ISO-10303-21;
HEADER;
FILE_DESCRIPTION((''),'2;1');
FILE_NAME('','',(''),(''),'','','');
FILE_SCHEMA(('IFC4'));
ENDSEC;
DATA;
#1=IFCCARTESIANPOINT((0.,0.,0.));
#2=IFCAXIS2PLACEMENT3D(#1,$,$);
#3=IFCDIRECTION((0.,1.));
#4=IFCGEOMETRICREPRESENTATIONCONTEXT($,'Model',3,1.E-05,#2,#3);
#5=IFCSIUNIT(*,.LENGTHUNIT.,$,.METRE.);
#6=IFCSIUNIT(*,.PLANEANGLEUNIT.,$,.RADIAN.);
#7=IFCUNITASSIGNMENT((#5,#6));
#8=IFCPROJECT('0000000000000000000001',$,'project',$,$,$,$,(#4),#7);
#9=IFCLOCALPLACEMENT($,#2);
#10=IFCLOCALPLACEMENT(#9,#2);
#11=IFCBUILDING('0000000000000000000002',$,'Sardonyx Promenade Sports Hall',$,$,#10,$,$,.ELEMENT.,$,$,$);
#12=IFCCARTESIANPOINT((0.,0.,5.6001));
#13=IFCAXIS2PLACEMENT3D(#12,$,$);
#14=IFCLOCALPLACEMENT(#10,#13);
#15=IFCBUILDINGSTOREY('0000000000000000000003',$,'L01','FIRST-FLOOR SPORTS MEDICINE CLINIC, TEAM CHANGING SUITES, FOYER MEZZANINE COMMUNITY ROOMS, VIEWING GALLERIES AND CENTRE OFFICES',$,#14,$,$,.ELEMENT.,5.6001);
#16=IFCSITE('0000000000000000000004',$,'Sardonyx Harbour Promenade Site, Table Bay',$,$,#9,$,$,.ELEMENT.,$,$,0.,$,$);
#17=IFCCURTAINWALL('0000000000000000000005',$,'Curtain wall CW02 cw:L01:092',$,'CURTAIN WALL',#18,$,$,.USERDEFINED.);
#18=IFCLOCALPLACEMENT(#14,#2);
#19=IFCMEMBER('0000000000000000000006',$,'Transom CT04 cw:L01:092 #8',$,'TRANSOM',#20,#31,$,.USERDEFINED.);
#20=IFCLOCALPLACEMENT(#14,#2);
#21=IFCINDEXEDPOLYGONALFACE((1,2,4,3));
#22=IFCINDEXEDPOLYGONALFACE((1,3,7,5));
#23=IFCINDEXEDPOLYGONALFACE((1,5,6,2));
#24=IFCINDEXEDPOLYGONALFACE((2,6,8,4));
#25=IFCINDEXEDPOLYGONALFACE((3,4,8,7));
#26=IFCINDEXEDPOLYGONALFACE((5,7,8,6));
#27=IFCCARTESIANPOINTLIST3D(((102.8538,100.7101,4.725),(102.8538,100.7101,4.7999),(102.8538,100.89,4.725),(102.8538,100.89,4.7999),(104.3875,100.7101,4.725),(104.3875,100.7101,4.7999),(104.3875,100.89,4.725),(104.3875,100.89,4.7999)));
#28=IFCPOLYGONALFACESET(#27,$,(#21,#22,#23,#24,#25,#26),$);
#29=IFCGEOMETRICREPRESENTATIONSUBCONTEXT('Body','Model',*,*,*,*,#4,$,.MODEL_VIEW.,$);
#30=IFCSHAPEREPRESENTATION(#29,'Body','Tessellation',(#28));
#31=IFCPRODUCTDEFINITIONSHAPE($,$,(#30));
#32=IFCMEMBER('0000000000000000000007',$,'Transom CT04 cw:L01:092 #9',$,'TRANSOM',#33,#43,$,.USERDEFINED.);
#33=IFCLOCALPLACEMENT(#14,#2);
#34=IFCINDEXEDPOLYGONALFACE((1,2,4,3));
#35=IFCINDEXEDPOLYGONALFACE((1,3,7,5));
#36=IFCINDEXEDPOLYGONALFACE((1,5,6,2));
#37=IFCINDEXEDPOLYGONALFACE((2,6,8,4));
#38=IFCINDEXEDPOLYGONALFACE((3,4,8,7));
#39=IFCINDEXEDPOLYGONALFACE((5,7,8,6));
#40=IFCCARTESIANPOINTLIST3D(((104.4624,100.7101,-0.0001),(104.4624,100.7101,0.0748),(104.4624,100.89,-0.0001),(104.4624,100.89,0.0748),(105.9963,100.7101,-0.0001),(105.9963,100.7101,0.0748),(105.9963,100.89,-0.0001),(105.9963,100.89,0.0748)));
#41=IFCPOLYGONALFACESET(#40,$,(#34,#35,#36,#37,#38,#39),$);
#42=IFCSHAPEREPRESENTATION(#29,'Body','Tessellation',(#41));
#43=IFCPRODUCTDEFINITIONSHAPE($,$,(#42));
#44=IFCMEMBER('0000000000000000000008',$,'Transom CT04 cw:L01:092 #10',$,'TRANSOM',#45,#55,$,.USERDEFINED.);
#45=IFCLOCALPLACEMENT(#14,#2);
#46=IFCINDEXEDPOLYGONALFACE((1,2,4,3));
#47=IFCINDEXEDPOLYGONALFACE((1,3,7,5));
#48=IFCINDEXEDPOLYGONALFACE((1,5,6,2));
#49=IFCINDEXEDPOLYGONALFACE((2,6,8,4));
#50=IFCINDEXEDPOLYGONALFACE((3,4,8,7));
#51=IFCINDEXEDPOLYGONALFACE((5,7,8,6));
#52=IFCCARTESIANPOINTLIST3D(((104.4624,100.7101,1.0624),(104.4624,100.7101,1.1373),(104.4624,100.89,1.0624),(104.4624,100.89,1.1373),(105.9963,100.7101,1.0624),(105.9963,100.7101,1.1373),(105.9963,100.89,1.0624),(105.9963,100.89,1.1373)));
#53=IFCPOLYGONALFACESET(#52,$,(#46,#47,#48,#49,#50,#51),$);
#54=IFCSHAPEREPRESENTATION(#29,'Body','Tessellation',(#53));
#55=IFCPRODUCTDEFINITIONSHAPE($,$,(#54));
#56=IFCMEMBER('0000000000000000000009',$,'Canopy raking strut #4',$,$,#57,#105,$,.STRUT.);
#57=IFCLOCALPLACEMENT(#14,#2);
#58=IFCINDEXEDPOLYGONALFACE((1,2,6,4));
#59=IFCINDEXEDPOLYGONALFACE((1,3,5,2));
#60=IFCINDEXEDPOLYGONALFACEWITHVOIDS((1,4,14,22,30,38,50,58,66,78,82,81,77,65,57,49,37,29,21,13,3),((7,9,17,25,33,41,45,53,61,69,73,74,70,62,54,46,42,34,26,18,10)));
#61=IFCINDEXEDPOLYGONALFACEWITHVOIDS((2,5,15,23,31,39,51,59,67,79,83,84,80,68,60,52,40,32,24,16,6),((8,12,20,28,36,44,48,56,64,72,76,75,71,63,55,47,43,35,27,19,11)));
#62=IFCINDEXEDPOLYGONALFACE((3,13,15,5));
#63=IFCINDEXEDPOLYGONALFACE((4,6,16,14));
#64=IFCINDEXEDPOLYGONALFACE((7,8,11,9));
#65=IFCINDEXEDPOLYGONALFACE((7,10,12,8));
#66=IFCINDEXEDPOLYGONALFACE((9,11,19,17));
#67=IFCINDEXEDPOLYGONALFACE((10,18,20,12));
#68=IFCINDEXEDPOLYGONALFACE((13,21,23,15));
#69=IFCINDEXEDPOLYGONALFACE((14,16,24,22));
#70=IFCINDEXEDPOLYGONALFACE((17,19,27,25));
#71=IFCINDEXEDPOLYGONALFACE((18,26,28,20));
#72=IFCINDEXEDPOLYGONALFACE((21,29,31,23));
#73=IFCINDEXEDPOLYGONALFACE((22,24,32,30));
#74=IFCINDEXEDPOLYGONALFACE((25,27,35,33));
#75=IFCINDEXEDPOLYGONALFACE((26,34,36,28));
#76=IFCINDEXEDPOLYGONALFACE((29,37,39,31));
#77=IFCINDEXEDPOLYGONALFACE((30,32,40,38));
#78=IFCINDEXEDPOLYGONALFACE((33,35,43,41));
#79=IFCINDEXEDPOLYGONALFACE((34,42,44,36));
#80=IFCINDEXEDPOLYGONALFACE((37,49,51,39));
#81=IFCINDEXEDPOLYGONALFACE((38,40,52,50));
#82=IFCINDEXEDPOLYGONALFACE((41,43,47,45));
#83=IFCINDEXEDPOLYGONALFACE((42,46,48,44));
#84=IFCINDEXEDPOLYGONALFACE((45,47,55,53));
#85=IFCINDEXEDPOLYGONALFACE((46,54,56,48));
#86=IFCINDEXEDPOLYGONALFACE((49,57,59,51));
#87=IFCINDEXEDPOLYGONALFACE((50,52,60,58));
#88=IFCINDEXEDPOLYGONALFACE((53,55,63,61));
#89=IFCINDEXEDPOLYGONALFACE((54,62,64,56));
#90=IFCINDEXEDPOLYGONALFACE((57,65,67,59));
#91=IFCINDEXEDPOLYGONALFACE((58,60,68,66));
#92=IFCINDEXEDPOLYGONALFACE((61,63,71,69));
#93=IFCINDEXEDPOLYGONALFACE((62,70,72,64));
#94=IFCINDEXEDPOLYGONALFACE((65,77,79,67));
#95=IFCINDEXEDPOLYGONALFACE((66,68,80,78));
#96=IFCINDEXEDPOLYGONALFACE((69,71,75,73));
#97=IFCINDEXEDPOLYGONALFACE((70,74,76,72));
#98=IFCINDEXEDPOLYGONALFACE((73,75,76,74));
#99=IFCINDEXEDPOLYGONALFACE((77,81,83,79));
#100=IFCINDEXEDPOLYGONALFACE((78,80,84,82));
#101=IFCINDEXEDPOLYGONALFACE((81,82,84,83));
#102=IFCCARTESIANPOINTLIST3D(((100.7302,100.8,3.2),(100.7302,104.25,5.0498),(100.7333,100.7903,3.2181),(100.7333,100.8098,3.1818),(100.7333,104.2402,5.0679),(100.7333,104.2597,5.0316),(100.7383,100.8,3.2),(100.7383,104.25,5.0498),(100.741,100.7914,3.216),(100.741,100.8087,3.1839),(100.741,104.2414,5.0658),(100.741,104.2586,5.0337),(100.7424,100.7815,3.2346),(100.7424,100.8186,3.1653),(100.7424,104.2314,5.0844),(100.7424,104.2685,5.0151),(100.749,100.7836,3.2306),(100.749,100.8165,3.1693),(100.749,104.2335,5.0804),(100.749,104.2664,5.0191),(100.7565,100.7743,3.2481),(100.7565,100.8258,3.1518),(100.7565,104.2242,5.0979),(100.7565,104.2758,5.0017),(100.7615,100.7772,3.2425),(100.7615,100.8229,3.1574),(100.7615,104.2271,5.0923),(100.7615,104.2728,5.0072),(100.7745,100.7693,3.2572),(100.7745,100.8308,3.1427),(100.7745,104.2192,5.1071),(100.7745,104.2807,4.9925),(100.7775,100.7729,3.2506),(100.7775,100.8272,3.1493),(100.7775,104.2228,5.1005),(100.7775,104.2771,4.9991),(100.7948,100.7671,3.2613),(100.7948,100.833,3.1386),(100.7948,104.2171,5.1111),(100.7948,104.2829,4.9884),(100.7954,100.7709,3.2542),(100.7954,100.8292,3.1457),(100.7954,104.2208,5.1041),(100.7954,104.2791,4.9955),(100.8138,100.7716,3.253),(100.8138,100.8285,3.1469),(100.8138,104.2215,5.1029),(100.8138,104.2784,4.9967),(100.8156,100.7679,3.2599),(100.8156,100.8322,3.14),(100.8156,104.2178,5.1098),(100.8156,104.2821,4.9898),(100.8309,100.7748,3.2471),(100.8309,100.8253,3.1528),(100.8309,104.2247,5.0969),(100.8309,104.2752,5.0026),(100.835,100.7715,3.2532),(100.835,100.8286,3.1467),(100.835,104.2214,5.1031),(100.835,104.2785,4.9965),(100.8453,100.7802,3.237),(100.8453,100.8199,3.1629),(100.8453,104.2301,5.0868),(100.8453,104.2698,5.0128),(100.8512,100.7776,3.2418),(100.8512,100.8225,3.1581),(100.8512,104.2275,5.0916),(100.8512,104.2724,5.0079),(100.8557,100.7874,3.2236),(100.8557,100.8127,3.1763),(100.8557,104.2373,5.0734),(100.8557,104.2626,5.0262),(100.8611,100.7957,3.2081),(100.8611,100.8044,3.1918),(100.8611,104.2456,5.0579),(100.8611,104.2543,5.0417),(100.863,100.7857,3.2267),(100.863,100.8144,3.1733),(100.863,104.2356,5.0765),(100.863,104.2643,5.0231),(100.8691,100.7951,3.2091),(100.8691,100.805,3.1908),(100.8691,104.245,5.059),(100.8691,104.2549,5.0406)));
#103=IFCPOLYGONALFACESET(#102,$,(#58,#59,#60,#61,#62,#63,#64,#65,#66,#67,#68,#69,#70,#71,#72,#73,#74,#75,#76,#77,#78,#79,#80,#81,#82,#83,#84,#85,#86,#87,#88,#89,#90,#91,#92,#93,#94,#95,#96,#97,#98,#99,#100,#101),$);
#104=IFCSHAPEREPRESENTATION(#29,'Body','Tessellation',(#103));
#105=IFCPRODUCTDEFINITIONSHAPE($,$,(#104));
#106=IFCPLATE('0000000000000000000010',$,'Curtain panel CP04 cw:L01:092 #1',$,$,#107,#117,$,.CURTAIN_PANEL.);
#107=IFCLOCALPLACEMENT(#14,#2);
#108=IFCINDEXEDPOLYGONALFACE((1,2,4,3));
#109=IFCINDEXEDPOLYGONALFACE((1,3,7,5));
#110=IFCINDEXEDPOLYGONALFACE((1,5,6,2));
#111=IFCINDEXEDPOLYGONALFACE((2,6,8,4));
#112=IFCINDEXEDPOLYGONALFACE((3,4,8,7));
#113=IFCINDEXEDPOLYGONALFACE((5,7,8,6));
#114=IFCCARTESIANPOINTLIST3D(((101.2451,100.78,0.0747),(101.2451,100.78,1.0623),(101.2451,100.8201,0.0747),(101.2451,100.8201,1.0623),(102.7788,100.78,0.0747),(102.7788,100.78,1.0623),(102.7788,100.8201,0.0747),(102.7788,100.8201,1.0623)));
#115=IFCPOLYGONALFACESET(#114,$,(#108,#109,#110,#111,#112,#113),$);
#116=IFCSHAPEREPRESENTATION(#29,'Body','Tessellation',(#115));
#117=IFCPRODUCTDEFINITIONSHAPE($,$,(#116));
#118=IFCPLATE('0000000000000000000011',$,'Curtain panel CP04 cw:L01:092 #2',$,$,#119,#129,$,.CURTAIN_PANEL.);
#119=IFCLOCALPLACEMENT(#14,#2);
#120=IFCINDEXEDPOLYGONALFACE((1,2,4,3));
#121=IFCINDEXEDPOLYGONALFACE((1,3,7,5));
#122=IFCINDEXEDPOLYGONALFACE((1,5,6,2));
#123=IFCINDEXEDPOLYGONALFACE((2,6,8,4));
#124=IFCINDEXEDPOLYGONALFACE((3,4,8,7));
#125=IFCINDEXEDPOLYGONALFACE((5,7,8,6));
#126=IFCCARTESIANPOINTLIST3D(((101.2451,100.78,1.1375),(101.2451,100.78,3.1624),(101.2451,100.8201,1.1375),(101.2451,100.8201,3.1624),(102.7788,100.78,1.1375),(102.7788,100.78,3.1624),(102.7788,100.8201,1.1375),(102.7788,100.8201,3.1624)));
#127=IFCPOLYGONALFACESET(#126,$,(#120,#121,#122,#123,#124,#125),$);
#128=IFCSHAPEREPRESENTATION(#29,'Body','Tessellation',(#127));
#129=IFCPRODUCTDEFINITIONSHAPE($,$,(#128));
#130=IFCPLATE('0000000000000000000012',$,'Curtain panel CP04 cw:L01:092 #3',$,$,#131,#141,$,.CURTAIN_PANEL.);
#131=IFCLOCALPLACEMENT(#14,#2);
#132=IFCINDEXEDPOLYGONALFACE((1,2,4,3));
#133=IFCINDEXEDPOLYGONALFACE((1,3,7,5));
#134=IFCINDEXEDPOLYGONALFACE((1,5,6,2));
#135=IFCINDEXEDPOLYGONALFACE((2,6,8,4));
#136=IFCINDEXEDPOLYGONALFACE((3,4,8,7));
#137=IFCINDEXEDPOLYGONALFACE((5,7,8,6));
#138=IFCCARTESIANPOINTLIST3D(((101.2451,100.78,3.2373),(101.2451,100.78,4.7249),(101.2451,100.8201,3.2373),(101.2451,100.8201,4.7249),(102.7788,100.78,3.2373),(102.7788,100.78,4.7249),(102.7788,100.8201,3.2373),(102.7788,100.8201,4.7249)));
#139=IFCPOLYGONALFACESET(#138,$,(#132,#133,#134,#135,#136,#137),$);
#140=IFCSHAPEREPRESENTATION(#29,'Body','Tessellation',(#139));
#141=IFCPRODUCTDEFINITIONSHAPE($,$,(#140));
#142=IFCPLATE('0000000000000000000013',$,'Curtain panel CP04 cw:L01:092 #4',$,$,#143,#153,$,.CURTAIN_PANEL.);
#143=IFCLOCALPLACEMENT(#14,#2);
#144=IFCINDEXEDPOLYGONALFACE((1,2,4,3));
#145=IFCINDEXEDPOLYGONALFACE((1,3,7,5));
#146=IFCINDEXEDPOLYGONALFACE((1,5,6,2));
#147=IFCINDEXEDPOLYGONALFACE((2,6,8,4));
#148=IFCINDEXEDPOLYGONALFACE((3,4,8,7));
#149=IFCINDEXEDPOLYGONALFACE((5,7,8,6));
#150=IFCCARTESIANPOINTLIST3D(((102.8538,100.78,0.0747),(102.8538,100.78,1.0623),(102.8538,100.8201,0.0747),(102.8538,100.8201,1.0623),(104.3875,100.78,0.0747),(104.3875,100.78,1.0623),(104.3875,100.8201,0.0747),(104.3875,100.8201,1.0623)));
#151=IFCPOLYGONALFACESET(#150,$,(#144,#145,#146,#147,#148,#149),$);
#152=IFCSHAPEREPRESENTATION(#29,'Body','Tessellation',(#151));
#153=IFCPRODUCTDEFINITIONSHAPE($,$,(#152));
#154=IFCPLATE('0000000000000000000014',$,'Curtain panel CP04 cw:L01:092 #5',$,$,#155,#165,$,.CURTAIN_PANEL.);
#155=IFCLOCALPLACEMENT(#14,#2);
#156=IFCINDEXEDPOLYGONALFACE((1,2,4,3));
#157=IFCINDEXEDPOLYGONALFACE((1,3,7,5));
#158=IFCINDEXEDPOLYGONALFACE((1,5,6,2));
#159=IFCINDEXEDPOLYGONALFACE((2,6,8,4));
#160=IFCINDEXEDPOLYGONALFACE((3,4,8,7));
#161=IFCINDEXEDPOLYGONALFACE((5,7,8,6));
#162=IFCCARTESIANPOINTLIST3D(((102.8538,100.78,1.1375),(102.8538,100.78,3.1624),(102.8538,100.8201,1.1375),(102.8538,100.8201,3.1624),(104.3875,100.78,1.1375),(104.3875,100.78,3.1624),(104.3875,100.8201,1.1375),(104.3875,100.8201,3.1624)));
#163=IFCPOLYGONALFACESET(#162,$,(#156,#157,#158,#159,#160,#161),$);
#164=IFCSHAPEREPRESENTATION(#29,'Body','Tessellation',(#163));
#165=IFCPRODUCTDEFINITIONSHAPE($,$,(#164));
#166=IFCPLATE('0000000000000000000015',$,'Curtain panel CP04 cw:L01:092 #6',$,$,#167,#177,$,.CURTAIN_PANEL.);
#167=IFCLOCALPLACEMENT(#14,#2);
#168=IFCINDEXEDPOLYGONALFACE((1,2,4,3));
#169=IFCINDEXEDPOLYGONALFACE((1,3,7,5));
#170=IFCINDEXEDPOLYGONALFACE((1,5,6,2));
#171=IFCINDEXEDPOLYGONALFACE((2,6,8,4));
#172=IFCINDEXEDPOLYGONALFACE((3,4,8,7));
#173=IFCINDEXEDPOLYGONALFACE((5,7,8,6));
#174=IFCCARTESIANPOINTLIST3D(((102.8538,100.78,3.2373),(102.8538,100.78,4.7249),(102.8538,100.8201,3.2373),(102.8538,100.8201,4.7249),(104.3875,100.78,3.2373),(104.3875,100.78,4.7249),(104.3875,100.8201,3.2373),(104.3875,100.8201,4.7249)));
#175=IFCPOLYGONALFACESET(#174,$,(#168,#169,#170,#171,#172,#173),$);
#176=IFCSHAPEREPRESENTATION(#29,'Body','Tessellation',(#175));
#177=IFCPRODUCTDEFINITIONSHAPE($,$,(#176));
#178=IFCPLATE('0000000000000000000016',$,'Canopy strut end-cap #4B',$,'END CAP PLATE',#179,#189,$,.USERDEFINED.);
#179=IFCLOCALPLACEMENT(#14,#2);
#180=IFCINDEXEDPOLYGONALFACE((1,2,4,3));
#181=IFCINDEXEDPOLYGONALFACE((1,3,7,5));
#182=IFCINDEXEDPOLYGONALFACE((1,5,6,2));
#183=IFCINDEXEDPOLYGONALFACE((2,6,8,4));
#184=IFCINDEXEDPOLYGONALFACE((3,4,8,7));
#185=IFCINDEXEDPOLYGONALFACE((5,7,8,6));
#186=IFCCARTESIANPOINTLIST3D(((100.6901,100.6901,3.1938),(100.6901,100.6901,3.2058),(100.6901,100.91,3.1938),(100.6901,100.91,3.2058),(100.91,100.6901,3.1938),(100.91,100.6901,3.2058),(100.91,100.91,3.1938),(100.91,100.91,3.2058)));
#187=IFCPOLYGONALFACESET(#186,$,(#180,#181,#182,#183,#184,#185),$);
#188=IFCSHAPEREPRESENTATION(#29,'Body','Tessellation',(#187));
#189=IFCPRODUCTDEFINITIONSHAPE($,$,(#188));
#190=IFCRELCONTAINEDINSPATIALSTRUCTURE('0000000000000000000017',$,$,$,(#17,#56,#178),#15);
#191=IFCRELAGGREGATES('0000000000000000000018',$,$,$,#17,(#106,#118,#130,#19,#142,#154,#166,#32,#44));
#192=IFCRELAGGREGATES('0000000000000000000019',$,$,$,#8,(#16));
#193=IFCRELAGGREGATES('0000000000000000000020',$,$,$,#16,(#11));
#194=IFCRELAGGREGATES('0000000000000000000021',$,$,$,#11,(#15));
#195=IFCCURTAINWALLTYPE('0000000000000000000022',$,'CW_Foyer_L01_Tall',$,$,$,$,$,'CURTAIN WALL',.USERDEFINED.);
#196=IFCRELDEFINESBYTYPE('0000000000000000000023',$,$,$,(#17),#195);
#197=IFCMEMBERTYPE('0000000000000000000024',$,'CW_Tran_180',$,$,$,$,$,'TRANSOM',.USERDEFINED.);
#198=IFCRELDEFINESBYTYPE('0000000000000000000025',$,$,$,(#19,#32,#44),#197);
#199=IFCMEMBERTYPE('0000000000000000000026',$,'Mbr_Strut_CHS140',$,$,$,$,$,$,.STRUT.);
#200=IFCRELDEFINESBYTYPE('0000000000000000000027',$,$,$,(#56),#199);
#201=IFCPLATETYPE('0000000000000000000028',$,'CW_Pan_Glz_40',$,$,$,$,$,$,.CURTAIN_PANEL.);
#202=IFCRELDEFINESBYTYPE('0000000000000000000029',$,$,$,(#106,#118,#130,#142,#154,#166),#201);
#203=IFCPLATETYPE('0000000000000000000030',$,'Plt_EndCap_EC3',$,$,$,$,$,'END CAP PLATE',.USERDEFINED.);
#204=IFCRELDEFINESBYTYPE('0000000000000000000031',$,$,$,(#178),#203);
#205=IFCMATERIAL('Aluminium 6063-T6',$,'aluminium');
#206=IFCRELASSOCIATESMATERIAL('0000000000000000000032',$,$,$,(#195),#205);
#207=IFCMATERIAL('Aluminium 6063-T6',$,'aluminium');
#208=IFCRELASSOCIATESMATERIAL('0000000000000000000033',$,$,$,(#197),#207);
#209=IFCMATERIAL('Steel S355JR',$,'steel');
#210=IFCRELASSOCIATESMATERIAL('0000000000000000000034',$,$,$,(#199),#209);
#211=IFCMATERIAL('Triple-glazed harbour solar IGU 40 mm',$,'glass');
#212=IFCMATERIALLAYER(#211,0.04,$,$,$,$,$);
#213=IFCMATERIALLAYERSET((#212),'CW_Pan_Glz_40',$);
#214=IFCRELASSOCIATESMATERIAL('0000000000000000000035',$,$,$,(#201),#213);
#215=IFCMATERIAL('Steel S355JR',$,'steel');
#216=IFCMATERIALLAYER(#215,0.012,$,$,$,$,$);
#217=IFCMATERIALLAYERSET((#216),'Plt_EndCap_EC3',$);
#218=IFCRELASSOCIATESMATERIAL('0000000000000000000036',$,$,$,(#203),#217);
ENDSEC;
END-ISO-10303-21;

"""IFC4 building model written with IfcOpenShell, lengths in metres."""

from ifc_helpers import new_model, si_unit, direction, frame, origin, origin_2d, place, context, subcontext, project, spatial, rectangle, hollow_circle, extrude, material, layer, layer_set, material_profile, profile_set, type_object, element, aggregate, save


model = new_model("IFC4")

# Units and contexts
model_context = context("Model", 3, precision=1e-05, world=origin(), true_north=direction((0.0, 1.0)))
body_context = subcontext(model_context, "Body", "Model", "MODEL_VIEW")
ifc_project = project(units=[si_unit("LENGTHUNIT", "METRE"), si_unit("PLANEANGLEUNIT", "RADIAN")], contexts=[model_context])

# Site, building, storey
site_placement = place(None, origin())
site = spatial("IfcSite", under=ifc_project, at=site_placement, Name="Sardonyx Harbour Promenade Site, Table Bay", CompositionType="ELEMENT", RefElevation=0.0)
building_placement = place(site_placement, origin())
building = spatial("IfcBuilding", under=site, at=building_placement, Name="Sardonyx Promenade Sports Hall", CompositionType="ELEMENT")
storey_placement = place(building_placement, frame((0.0, 0.0, 5.6001)))
storey = spatial("IfcBuildingStorey", under=building, at=storey_placement, Name="L01", Description="FIRST-FLOOR SPORTS MEDICINE CLINIC, TEAM CHANGING SUITES, FOYER MEZZANINE COMMUNITY ROOMS, VIEWING GALLERIES AND CENTRE OFFICES", CompositionType="ELEMENT", Elevation=5.6001)

# Curtain wall, members
ifc_material_1 = material(Name="Aluminium 6063-T6", Category="aluminium")
curtain_wall_type = type_object("IfcCurtainWallType", Name="CW_Foyer_L01_Tall", ElementType="CURTAIN WALL", PredefinedType="USERDEFINED", material=ifc_material_1)
curtain_wall_placement = place(storey_placement, origin())
curtain_wall = element("IfcCurtainWall", 1, at=curtain_wall_placement, inside=storey, type_object=curtain_wall_type, Name="Curtain wall CW02 cw:L01:092", ObjectType="CURTAIN WALL", PredefinedType="USERDEFINED")
ifc_material_2 = material(Name="Aluminium 6063-T6", Category="aluminium")
ifc_material_profile_1 = material_profile(ifc_material_2, rectangle(XDim=0.075, YDim=0.1799, at=origin_2d()))
ifc_profile_set_1 = profile_set([ifc_material_profile_1], Name="Aluminium 6063-T6")
member_type_1 = type_object("IfcMemberType", Name="CW_Tran_180", ElementType="TRANSOM", PredefinedType="USERDEFINED", material=ifc_profile_set_1)
member_1_placement = place(storey_placement, frame((102.8538, 100.8, 4.7625), z_axis=(1.0, 0.0, 0.0), x_axis=(0.0, 0.0, 1.0)))
member_1 = element("IfcMember", 2, at=member_1_placement, type_object=member_type_1, Name="Transom CT04 cw:L01:092 #8", ObjectType="TRANSOM", PredefinedType="USERDEFINED", context=body_context, shape_type="SweptSolid", body=[
    extrude(rectangle(XDim=0.075, YDim=0.1799, at=origin_2d()), origin(), (0.0, 0.0, 1.0), 1.5337),
])
member_2_placement = place(storey_placement, frame((104.4624, 100.8, 0.0374), z_axis=(1.0, 0.0, 0.0), x_axis=(0.0, 0.0, 1.0)))
member_2 = element("IfcMember", 3, at=member_2_placement, type_object=member_type_1, Name="Transom CT04 cw:L01:092 #9", ObjectType="TRANSOM", PredefinedType="USERDEFINED", context=body_context, shape_type="SweptSolid", body=[
    extrude(rectangle(XDim=0.075, YDim=0.1799, at=origin_2d()), origin(), (0.0, 0.0, 1.0), 1.5339),
])
member_3_placement = place(storey_placement, frame((104.4624, 100.8, 1.0999), z_axis=(1.0, 0.0, 0.0), x_axis=(0.0, 0.0, 1.0)))
member_3 = element("IfcMember", 4, at=member_3_placement, type_object=member_type_1, Name="Transom CT04 cw:L01:092 #10", ObjectType="TRANSOM", PredefinedType="USERDEFINED", context=body_context, shape_type="SweptSolid", body=[
    extrude(rectangle(XDim=0.075, YDim=0.1799, at=origin_2d()), origin(), (0.0, 0.0, 1.0), 1.5339),
])

# Member
ifc_material_3 = material(Name="Steel S355JR", Category="steel")
ifc_material_profile_2 = material_profile(ifc_material_3, hollow_circle(Radius=0.0698, WallThickness=0.0081, at=origin_2d()))
ifc_profile_set_2 = profile_set([ifc_material_profile_2], Name="Steel S355JR")
member_type_2 = type_object("IfcMemberType", Name="Mbr_Strut_CHS140", PredefinedType="STRUT", material=ifc_profile_set_2)
member_4_placement = place(storey_placement, frame((100.8, 100.8, 3.2), z_axis=(0.0, 0.881303, 0.472552), x_axis=(-1.0, 0.0, 0.0)))
element("IfcMember", 5, at=member_4_placement, inside=storey, type_object=member_type_2, Name="Canopy raking strut #4", PredefinedType="STRUT", context=body_context, shape_type="SweptSolid", body=[
    extrude(hollow_circle(Radius=0.0698, WallThickness=0.0081, at=origin_2d()), origin(), (0.0, 0.0, 1.0), 3.9146),
])

# Plates
ifc_material_4 = material(Name="Triple-glazed harbour solar IGU 40 mm", Category="glass")
ifc_layer_1 = layer(ifc_material_4, 0.04)
ifc_layer_set_1 = layer_set([ifc_layer_1], Name="CW_Pan_Glz_40")
plate_type_1 = type_object("IfcPlateType", Name="CW_Pan_Glz_40", PredefinedType="CURTAIN_PANEL", material=ifc_layer_set_1)
plate_1_placement = place(storey_placement, frame((102.012, 100.8, 0.0747), z_axis=(0.0, 0.0, 1.0), x_axis=(1.0, 0.0, 0.0)))
plate_1 = element("IfcPlate", 6, at=plate_1_placement, type_object=plate_type_1, Name="Curtain panel CP04 cw:L01:092 #1", PredefinedType="CURTAIN_PANEL", context=body_context, shape_type="SweptSolid", body=[
    extrude(rectangle(XDim=1.5337, YDim=0.04, at=origin_2d()), origin(), (0.0, 0.0, 1.0), 0.9875),
])
plate_2_placement = place(storey_placement, frame((102.012, 100.8, 1.1375), z_axis=(0.0, 0.0, 1.0), x_axis=(1.0, 0.0, 0.0)))
plate_2 = element("IfcPlate", 7, at=plate_2_placement, type_object=plate_type_1, Name="Curtain panel CP04 cw:L01:092 #2", PredefinedType="CURTAIN_PANEL", context=body_context, shape_type="SweptSolid", body=[
    extrude(rectangle(XDim=1.5337, YDim=0.04, at=origin_2d()), origin(), (0.0, 0.0, 1.0), 2.0249),
])
plate_3_placement = place(storey_placement, frame((102.012, 100.8, 3.2373), z_axis=(0.0, 0.0, 1.0), x_axis=(1.0, 0.0, 0.0)))
plate_3 = element("IfcPlate", 8, at=plate_3_placement, type_object=plate_type_1, Name="Curtain panel CP04 cw:L01:092 #3", PredefinedType="CURTAIN_PANEL", context=body_context, shape_type="SweptSolid", body=[
    extrude(rectangle(XDim=1.5337, YDim=0.04, at=origin_2d()), origin(), (0.0, 0.0, 1.0), 1.4875),
])
plate_4_placement = place(storey_placement, frame((103.6206, 100.8, 0.0747), z_axis=(0.0, 0.0, 1.0), x_axis=(1.0, 0.0, 0.0)))
plate_4 = element("IfcPlate", 9, at=plate_4_placement, type_object=plate_type_1, Name="Curtain panel CP04 cw:L01:092 #4", PredefinedType="CURTAIN_PANEL", context=body_context, shape_type="SweptSolid", body=[
    extrude(rectangle(XDim=1.5337, YDim=0.04, at=origin_2d()), origin(), (0.0, 0.0, 1.0), 0.9875),
])
plate_5_placement = place(storey_placement, frame((103.6206, 100.8, 1.1375), z_axis=(0.0, 0.0, 1.0), x_axis=(1.0, 0.0, 0.0)))
plate_5 = element("IfcPlate", 10, at=plate_5_placement, type_object=plate_type_1, Name="Curtain panel CP04 cw:L01:092 #5", PredefinedType="CURTAIN_PANEL", context=body_context, shape_type="SweptSolid", body=[
    extrude(rectangle(XDim=1.5337, YDim=0.04, at=origin_2d()), origin(), (0.0, 0.0, 1.0), 2.0249),
])
plate_6_placement = place(storey_placement, frame((103.6206, 100.8, 3.2373), z_axis=(0.0, 0.0, 1.0), x_axis=(1.0, 0.0, 0.0)))
plate_6 = element("IfcPlate", 11, at=plate_6_placement, type_object=plate_type_1, Name="Curtain panel CP04 cw:L01:092 #6", PredefinedType="CURTAIN_PANEL", context=body_context, shape_type="SweptSolid", body=[
    extrude(rectangle(XDim=1.5337, YDim=0.04, at=origin_2d()), origin(), (0.0, 0.0, 1.0), 1.4875),
])
aggregate(curtain_wall, [plate_1, plate_2, plate_3, member_1, plate_4, plate_5, plate_6, member_2, member_3])

# Plate
ifc_material_5 = material(Name="Steel S355JR", Category="steel")
ifc_layer_2 = layer(ifc_material_5, 0.012)
ifc_layer_set_2 = layer_set([ifc_layer_2], Name="Plt_EndCap_EC3")
plate_type_2 = type_object("IfcPlateType", Name="Plt_EndCap_EC3", ElementType="END CAP PLATE", PredefinedType="USERDEFINED", material=ifc_layer_set_2)
for number, where, z_axis, x_axis, name in (
    (12, (100.8, 100.8, 3.1938), (0.0, 0.0, 1.0), (1.0, 0.0, 0.0), "Canopy strut end-cap #4B"),
):
    element("IfcPlate", number, at=place(storey_placement, frame(where, z_axis=z_axis, x_axis=x_axis)), inside=storey, type_object=plate_type_2, Name=name, ObjectType="END CAP PLATE", PredefinedType="USERDEFINED", context=body_context, shape_type="SweptSolid", body=[
        extrude(rectangle(XDim=0.22, YDim=0.22, at=origin_2d()), origin(), (0.0, 0.0, 1.0), 0.012),
    ])

save(model, "model.ifc")
